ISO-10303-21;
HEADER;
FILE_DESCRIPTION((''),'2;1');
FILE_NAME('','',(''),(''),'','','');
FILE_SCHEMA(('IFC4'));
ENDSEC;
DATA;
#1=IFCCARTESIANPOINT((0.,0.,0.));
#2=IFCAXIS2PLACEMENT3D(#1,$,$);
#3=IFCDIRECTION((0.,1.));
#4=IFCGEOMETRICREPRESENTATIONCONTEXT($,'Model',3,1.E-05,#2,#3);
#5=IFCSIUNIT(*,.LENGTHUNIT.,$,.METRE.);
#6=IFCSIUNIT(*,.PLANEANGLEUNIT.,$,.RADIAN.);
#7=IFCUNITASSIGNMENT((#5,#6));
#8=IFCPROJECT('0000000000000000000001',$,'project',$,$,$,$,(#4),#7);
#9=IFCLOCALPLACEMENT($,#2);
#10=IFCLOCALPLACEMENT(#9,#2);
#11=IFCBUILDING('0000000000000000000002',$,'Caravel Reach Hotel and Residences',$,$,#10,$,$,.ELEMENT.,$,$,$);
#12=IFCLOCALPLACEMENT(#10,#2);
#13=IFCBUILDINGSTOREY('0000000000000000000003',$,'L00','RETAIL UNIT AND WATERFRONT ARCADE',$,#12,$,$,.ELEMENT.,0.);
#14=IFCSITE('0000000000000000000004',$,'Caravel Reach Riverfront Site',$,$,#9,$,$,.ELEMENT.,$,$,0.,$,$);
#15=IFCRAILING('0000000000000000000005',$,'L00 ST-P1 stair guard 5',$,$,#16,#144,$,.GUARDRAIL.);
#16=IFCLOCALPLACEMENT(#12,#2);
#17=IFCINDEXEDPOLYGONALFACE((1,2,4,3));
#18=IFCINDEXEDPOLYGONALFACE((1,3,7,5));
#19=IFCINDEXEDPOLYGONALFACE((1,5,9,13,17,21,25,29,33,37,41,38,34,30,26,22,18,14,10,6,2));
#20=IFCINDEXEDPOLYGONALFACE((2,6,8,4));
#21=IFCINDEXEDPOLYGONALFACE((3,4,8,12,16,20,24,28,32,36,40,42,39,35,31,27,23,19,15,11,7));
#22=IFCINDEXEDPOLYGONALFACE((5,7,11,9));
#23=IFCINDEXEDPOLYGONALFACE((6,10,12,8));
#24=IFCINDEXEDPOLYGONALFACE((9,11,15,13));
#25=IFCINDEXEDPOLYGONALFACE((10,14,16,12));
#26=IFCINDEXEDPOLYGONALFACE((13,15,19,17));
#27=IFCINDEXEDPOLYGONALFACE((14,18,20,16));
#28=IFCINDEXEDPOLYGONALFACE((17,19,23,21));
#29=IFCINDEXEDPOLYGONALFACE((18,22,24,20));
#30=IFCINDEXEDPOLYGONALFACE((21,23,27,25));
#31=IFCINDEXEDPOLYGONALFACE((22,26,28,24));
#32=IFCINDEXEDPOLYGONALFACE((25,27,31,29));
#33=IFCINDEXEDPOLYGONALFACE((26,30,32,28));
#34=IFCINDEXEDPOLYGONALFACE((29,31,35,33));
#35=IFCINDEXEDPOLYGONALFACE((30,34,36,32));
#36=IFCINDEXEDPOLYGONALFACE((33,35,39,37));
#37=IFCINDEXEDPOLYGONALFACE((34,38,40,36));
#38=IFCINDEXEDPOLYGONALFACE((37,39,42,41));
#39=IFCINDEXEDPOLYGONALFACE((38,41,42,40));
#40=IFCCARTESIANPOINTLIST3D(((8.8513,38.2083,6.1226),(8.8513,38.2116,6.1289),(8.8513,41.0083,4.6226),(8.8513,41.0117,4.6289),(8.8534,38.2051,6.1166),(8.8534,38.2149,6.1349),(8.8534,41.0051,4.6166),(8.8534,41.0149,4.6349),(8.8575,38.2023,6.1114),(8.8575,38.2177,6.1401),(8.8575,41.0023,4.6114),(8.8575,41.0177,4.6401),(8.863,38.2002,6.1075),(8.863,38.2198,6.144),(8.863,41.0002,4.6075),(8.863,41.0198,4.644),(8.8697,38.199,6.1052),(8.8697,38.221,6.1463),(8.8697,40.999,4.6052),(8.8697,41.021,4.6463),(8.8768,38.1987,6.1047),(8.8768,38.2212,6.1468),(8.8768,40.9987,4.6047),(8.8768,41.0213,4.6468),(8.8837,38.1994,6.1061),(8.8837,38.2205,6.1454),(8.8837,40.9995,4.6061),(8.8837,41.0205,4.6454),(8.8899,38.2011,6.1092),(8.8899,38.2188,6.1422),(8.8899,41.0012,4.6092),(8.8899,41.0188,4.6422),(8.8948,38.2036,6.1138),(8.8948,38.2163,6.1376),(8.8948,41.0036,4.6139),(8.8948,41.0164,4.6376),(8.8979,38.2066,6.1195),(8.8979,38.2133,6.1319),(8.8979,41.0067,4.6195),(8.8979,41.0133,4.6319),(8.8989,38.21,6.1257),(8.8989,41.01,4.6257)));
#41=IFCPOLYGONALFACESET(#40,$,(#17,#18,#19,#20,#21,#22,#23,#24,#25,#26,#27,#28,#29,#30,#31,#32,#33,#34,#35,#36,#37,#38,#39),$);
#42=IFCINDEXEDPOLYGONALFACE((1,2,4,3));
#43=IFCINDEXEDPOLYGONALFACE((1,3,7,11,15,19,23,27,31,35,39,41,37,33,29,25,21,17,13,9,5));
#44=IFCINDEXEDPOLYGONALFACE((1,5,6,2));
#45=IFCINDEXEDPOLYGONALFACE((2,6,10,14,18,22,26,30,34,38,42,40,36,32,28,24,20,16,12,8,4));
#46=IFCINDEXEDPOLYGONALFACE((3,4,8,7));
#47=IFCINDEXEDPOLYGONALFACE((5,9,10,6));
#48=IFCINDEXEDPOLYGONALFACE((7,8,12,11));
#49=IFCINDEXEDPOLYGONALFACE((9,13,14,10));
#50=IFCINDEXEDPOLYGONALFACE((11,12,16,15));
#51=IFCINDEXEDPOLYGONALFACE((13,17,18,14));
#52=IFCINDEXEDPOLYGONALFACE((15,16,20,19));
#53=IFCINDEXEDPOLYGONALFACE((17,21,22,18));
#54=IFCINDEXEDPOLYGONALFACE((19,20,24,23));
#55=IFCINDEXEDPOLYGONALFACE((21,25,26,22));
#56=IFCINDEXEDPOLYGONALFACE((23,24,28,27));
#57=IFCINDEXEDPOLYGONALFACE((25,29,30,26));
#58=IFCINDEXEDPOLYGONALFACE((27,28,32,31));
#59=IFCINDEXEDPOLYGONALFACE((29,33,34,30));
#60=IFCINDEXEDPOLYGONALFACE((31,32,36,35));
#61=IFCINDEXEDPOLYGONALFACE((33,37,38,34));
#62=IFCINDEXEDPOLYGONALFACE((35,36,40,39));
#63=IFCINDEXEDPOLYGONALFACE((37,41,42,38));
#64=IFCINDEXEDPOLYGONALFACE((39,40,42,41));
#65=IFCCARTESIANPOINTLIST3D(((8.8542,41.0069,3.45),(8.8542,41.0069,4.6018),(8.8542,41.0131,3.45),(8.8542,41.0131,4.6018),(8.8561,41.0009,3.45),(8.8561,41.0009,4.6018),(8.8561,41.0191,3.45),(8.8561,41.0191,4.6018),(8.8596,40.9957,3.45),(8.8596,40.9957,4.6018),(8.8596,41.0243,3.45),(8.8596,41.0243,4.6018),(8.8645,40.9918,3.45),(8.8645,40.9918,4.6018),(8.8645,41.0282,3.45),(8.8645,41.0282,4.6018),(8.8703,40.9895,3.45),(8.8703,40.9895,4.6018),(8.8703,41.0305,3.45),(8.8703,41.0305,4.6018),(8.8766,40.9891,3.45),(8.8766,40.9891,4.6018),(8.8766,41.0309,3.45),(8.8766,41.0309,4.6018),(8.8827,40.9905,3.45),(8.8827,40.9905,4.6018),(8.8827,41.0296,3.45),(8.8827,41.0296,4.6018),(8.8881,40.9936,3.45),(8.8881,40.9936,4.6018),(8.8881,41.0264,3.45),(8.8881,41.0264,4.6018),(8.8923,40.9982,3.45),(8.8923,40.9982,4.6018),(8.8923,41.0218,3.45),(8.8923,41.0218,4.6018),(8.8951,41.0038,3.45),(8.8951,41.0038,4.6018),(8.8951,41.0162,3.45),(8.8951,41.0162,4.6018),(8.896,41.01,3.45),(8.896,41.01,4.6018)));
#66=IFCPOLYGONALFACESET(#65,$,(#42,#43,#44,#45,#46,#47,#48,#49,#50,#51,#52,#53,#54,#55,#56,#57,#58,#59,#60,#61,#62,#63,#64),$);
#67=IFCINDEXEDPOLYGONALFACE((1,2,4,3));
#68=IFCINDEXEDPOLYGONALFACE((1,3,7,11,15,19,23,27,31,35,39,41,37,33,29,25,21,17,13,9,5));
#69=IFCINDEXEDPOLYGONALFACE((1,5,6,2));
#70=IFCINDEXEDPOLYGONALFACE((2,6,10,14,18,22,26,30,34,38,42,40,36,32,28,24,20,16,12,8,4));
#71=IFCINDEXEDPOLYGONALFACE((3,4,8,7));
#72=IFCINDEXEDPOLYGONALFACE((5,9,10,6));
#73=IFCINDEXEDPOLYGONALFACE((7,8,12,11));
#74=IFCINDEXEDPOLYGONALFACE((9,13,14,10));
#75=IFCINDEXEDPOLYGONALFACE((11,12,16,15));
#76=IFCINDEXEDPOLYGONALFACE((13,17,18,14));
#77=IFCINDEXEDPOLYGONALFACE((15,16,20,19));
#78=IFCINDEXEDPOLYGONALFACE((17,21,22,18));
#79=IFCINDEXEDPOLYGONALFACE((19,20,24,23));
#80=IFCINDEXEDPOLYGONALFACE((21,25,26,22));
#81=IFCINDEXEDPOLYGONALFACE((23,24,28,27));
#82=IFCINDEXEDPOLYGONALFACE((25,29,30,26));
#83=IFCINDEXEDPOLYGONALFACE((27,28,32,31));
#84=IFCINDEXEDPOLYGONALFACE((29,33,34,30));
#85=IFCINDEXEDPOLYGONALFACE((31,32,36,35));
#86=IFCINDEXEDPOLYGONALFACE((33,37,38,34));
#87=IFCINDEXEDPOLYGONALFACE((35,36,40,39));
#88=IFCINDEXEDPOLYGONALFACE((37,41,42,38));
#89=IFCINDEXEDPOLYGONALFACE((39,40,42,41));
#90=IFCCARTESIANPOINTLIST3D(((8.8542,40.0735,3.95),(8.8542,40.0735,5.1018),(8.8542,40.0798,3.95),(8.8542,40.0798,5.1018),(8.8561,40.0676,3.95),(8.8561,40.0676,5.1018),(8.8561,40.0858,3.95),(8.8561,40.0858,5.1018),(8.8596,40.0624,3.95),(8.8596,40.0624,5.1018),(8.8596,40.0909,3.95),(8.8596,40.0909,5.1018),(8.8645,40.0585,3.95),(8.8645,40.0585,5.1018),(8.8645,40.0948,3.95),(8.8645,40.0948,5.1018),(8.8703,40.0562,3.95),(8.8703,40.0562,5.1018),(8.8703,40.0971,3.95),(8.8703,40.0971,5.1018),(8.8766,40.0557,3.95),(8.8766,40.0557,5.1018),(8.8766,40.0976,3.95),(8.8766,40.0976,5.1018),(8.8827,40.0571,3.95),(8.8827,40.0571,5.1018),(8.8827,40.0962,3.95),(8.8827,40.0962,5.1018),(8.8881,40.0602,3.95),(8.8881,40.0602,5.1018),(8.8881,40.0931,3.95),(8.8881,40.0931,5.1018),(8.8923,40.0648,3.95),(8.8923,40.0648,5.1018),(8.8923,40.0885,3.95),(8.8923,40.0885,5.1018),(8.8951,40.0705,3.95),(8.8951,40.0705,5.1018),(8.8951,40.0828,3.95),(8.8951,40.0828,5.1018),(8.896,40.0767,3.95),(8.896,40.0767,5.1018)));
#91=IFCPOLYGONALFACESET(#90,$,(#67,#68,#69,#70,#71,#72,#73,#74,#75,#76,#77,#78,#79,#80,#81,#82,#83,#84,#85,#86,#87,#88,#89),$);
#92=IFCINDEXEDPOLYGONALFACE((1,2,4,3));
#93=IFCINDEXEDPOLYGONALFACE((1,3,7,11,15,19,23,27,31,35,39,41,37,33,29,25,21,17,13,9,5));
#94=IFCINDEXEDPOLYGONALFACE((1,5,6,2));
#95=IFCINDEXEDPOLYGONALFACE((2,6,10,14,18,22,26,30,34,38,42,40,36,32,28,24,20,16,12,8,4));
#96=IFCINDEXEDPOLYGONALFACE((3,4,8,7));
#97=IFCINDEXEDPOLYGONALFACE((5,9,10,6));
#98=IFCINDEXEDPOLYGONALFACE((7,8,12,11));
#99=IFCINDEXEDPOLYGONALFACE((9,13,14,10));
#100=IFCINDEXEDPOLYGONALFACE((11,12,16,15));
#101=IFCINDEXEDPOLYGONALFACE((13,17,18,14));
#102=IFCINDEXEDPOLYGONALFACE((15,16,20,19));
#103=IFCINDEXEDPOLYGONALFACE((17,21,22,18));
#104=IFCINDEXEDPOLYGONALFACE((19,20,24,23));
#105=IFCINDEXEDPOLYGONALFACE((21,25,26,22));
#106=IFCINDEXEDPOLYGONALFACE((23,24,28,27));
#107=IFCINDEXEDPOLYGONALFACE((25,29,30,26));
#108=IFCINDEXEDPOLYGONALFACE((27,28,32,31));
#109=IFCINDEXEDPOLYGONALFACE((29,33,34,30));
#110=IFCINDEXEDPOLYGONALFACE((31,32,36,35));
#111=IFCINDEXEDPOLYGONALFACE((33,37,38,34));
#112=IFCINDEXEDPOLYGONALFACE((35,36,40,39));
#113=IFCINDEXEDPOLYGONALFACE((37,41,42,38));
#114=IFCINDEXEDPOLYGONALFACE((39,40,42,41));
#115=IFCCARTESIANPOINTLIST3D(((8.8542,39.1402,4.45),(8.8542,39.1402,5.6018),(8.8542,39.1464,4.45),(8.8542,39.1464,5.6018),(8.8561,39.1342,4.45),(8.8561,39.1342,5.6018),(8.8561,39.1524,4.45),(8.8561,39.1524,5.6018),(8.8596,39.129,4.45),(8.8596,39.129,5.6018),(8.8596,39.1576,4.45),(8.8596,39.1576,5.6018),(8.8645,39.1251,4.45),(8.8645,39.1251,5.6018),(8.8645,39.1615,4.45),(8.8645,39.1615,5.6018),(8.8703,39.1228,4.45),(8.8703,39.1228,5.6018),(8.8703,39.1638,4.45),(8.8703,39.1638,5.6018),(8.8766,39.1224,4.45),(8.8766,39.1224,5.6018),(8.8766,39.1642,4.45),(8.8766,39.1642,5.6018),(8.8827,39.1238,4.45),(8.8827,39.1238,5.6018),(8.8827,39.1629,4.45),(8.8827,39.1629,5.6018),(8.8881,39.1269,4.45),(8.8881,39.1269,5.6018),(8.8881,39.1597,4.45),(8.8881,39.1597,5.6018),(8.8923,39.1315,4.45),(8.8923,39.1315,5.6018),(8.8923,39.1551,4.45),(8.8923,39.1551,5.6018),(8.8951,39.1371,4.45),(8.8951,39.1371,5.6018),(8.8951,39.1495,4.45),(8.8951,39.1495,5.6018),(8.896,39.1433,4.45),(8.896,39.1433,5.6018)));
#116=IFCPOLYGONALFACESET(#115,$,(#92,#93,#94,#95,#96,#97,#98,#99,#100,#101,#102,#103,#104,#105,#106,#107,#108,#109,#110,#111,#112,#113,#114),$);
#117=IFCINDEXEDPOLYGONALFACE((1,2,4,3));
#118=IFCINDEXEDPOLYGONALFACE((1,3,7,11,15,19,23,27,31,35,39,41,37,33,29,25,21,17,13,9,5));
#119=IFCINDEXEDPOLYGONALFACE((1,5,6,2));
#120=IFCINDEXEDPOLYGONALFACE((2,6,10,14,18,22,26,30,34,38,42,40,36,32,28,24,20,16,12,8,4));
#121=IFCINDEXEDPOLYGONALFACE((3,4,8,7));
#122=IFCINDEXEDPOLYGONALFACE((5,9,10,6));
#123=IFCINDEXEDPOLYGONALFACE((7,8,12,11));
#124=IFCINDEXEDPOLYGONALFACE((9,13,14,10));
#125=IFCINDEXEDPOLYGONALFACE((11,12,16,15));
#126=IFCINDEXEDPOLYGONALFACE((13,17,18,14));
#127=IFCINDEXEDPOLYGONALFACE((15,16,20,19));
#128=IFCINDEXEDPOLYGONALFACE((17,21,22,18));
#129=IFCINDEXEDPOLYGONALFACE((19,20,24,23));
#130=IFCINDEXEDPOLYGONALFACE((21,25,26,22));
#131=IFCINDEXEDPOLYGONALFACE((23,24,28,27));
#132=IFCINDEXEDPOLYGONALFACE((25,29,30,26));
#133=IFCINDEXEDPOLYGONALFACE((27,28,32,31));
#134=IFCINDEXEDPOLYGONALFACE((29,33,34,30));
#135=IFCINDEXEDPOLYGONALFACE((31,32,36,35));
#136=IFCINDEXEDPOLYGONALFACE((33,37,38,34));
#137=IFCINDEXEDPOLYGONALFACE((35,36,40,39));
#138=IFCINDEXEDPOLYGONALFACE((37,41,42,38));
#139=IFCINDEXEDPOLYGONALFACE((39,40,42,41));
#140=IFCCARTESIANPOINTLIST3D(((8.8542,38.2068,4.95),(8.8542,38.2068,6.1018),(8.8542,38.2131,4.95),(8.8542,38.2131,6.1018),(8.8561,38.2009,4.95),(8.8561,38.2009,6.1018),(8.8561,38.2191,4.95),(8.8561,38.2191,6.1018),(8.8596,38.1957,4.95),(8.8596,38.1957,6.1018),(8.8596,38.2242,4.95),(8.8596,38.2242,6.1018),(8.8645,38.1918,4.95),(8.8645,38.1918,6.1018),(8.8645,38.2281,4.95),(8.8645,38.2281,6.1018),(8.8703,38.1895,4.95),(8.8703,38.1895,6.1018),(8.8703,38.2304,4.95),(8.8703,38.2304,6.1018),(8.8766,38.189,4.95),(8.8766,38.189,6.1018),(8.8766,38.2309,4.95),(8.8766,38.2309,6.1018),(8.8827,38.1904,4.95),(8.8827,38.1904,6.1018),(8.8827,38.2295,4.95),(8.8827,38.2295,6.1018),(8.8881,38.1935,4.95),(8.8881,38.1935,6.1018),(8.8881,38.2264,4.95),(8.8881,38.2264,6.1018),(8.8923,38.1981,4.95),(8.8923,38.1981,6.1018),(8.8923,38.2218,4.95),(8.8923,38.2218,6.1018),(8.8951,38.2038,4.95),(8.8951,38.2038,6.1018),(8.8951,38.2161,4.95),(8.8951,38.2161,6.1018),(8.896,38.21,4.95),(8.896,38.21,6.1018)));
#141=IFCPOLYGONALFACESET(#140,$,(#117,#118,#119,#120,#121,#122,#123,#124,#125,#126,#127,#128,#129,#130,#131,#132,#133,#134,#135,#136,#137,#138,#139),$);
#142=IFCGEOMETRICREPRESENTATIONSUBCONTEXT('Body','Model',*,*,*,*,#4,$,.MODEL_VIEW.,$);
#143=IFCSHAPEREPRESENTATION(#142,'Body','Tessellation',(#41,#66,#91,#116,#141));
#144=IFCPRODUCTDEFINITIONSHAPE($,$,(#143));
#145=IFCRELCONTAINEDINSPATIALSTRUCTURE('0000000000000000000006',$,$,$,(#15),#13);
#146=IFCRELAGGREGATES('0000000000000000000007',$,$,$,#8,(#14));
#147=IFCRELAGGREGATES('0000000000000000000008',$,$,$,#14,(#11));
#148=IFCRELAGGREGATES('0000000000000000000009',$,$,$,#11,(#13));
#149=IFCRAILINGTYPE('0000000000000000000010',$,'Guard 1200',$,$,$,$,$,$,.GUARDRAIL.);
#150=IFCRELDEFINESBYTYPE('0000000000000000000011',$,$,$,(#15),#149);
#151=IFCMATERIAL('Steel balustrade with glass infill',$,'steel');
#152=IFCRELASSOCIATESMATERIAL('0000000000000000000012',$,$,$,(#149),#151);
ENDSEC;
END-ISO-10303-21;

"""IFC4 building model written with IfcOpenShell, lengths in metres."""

from ifc_helpers import new_model, si_unit, direction, frame, origin, origin_2d, place, context, subcontext, project, spatial, circle, extrude, material, type_object, element, save


model = new_model("IFC4")

# Units and contexts
model_context = context("Model", 3, precision=1e-05, world=origin(), true_north=direction((0.0, 1.0)))
body_context = subcontext(model_context, "Body", "Model", "MODEL_VIEW")
ifc_project = project(units=[si_unit("LENGTHUNIT", "METRE"), si_unit("PLANEANGLEUNIT", "RADIAN")], contexts=[model_context])

# Site, building, storey
site_placement = place(None, origin())
site = spatial("IfcSite", under=ifc_project, at=site_placement, Name="Caravel Reach Riverfront Site", CompositionType="ELEMENT", RefElevation=0.0)
building_placement = place(site_placement, origin())
building = spatial("IfcBuilding", under=site, at=building_placement, Name="Caravel Reach Hotel and Residences", CompositionType="ELEMENT")
storey_placement = place(building_placement, origin())
storey = spatial("IfcBuildingStorey", under=building, at=storey_placement, Name="L00", Description="RETAIL UNIT AND WATERFRONT ARCADE", CompositionType="ELEMENT", Elevation=0.0)

# Railing
ifc_material_1 = material(Name="Steel balustrade with glass infill", Category="steel")
railing_type_1 = type_object("IfcRailingType", Name="Guard 1200", PredefinedType="GUARDRAIL", material=ifc_material_1)
railing_1_placement = place(storey_placement, frame((8.875, 41.01, 3.45)))
element("IfcRailing", 1, at=railing_1_placement, inside=storey, type_object=railing_type_1, Name="L00 ST-P1 stair guard 5", PredefinedType="GUARDRAIL", context=body_context, shape_type="SweptSolid", body=[
    extrude(circle(Radius=0.0239, at=origin_2d()), frame((0.0, 0.0, 1.1758), z_axis=(0.0, -0.881483, 0.472215), x_axis=(1.0, 0.0, 0.0)), (0.0, 0.0, 1.0), 3.1765),
    extrude(circle(Radius=0.021, at=origin_2d()), origin(), (0.0, 0.0, 1.0), 1.1519),
    extrude(circle(Radius=0.021, at=origin_2d()), frame((0.0, -0.9333, 0.5)), (0.0, 0.0, 1.0), 1.1519),
    extrude(circle(Radius=0.021, at=origin_2d()), frame((0.0, -1.8667, 1.0)), (0.0, 0.0, 1.0), 1.1519),
    extrude(circle(Radius=0.021, at=origin_2d()), frame((0.0, -2.8, 1.5)), (0.0, 0.0, 1.0), 1.1519),
])

save(model, "model.ifc")
